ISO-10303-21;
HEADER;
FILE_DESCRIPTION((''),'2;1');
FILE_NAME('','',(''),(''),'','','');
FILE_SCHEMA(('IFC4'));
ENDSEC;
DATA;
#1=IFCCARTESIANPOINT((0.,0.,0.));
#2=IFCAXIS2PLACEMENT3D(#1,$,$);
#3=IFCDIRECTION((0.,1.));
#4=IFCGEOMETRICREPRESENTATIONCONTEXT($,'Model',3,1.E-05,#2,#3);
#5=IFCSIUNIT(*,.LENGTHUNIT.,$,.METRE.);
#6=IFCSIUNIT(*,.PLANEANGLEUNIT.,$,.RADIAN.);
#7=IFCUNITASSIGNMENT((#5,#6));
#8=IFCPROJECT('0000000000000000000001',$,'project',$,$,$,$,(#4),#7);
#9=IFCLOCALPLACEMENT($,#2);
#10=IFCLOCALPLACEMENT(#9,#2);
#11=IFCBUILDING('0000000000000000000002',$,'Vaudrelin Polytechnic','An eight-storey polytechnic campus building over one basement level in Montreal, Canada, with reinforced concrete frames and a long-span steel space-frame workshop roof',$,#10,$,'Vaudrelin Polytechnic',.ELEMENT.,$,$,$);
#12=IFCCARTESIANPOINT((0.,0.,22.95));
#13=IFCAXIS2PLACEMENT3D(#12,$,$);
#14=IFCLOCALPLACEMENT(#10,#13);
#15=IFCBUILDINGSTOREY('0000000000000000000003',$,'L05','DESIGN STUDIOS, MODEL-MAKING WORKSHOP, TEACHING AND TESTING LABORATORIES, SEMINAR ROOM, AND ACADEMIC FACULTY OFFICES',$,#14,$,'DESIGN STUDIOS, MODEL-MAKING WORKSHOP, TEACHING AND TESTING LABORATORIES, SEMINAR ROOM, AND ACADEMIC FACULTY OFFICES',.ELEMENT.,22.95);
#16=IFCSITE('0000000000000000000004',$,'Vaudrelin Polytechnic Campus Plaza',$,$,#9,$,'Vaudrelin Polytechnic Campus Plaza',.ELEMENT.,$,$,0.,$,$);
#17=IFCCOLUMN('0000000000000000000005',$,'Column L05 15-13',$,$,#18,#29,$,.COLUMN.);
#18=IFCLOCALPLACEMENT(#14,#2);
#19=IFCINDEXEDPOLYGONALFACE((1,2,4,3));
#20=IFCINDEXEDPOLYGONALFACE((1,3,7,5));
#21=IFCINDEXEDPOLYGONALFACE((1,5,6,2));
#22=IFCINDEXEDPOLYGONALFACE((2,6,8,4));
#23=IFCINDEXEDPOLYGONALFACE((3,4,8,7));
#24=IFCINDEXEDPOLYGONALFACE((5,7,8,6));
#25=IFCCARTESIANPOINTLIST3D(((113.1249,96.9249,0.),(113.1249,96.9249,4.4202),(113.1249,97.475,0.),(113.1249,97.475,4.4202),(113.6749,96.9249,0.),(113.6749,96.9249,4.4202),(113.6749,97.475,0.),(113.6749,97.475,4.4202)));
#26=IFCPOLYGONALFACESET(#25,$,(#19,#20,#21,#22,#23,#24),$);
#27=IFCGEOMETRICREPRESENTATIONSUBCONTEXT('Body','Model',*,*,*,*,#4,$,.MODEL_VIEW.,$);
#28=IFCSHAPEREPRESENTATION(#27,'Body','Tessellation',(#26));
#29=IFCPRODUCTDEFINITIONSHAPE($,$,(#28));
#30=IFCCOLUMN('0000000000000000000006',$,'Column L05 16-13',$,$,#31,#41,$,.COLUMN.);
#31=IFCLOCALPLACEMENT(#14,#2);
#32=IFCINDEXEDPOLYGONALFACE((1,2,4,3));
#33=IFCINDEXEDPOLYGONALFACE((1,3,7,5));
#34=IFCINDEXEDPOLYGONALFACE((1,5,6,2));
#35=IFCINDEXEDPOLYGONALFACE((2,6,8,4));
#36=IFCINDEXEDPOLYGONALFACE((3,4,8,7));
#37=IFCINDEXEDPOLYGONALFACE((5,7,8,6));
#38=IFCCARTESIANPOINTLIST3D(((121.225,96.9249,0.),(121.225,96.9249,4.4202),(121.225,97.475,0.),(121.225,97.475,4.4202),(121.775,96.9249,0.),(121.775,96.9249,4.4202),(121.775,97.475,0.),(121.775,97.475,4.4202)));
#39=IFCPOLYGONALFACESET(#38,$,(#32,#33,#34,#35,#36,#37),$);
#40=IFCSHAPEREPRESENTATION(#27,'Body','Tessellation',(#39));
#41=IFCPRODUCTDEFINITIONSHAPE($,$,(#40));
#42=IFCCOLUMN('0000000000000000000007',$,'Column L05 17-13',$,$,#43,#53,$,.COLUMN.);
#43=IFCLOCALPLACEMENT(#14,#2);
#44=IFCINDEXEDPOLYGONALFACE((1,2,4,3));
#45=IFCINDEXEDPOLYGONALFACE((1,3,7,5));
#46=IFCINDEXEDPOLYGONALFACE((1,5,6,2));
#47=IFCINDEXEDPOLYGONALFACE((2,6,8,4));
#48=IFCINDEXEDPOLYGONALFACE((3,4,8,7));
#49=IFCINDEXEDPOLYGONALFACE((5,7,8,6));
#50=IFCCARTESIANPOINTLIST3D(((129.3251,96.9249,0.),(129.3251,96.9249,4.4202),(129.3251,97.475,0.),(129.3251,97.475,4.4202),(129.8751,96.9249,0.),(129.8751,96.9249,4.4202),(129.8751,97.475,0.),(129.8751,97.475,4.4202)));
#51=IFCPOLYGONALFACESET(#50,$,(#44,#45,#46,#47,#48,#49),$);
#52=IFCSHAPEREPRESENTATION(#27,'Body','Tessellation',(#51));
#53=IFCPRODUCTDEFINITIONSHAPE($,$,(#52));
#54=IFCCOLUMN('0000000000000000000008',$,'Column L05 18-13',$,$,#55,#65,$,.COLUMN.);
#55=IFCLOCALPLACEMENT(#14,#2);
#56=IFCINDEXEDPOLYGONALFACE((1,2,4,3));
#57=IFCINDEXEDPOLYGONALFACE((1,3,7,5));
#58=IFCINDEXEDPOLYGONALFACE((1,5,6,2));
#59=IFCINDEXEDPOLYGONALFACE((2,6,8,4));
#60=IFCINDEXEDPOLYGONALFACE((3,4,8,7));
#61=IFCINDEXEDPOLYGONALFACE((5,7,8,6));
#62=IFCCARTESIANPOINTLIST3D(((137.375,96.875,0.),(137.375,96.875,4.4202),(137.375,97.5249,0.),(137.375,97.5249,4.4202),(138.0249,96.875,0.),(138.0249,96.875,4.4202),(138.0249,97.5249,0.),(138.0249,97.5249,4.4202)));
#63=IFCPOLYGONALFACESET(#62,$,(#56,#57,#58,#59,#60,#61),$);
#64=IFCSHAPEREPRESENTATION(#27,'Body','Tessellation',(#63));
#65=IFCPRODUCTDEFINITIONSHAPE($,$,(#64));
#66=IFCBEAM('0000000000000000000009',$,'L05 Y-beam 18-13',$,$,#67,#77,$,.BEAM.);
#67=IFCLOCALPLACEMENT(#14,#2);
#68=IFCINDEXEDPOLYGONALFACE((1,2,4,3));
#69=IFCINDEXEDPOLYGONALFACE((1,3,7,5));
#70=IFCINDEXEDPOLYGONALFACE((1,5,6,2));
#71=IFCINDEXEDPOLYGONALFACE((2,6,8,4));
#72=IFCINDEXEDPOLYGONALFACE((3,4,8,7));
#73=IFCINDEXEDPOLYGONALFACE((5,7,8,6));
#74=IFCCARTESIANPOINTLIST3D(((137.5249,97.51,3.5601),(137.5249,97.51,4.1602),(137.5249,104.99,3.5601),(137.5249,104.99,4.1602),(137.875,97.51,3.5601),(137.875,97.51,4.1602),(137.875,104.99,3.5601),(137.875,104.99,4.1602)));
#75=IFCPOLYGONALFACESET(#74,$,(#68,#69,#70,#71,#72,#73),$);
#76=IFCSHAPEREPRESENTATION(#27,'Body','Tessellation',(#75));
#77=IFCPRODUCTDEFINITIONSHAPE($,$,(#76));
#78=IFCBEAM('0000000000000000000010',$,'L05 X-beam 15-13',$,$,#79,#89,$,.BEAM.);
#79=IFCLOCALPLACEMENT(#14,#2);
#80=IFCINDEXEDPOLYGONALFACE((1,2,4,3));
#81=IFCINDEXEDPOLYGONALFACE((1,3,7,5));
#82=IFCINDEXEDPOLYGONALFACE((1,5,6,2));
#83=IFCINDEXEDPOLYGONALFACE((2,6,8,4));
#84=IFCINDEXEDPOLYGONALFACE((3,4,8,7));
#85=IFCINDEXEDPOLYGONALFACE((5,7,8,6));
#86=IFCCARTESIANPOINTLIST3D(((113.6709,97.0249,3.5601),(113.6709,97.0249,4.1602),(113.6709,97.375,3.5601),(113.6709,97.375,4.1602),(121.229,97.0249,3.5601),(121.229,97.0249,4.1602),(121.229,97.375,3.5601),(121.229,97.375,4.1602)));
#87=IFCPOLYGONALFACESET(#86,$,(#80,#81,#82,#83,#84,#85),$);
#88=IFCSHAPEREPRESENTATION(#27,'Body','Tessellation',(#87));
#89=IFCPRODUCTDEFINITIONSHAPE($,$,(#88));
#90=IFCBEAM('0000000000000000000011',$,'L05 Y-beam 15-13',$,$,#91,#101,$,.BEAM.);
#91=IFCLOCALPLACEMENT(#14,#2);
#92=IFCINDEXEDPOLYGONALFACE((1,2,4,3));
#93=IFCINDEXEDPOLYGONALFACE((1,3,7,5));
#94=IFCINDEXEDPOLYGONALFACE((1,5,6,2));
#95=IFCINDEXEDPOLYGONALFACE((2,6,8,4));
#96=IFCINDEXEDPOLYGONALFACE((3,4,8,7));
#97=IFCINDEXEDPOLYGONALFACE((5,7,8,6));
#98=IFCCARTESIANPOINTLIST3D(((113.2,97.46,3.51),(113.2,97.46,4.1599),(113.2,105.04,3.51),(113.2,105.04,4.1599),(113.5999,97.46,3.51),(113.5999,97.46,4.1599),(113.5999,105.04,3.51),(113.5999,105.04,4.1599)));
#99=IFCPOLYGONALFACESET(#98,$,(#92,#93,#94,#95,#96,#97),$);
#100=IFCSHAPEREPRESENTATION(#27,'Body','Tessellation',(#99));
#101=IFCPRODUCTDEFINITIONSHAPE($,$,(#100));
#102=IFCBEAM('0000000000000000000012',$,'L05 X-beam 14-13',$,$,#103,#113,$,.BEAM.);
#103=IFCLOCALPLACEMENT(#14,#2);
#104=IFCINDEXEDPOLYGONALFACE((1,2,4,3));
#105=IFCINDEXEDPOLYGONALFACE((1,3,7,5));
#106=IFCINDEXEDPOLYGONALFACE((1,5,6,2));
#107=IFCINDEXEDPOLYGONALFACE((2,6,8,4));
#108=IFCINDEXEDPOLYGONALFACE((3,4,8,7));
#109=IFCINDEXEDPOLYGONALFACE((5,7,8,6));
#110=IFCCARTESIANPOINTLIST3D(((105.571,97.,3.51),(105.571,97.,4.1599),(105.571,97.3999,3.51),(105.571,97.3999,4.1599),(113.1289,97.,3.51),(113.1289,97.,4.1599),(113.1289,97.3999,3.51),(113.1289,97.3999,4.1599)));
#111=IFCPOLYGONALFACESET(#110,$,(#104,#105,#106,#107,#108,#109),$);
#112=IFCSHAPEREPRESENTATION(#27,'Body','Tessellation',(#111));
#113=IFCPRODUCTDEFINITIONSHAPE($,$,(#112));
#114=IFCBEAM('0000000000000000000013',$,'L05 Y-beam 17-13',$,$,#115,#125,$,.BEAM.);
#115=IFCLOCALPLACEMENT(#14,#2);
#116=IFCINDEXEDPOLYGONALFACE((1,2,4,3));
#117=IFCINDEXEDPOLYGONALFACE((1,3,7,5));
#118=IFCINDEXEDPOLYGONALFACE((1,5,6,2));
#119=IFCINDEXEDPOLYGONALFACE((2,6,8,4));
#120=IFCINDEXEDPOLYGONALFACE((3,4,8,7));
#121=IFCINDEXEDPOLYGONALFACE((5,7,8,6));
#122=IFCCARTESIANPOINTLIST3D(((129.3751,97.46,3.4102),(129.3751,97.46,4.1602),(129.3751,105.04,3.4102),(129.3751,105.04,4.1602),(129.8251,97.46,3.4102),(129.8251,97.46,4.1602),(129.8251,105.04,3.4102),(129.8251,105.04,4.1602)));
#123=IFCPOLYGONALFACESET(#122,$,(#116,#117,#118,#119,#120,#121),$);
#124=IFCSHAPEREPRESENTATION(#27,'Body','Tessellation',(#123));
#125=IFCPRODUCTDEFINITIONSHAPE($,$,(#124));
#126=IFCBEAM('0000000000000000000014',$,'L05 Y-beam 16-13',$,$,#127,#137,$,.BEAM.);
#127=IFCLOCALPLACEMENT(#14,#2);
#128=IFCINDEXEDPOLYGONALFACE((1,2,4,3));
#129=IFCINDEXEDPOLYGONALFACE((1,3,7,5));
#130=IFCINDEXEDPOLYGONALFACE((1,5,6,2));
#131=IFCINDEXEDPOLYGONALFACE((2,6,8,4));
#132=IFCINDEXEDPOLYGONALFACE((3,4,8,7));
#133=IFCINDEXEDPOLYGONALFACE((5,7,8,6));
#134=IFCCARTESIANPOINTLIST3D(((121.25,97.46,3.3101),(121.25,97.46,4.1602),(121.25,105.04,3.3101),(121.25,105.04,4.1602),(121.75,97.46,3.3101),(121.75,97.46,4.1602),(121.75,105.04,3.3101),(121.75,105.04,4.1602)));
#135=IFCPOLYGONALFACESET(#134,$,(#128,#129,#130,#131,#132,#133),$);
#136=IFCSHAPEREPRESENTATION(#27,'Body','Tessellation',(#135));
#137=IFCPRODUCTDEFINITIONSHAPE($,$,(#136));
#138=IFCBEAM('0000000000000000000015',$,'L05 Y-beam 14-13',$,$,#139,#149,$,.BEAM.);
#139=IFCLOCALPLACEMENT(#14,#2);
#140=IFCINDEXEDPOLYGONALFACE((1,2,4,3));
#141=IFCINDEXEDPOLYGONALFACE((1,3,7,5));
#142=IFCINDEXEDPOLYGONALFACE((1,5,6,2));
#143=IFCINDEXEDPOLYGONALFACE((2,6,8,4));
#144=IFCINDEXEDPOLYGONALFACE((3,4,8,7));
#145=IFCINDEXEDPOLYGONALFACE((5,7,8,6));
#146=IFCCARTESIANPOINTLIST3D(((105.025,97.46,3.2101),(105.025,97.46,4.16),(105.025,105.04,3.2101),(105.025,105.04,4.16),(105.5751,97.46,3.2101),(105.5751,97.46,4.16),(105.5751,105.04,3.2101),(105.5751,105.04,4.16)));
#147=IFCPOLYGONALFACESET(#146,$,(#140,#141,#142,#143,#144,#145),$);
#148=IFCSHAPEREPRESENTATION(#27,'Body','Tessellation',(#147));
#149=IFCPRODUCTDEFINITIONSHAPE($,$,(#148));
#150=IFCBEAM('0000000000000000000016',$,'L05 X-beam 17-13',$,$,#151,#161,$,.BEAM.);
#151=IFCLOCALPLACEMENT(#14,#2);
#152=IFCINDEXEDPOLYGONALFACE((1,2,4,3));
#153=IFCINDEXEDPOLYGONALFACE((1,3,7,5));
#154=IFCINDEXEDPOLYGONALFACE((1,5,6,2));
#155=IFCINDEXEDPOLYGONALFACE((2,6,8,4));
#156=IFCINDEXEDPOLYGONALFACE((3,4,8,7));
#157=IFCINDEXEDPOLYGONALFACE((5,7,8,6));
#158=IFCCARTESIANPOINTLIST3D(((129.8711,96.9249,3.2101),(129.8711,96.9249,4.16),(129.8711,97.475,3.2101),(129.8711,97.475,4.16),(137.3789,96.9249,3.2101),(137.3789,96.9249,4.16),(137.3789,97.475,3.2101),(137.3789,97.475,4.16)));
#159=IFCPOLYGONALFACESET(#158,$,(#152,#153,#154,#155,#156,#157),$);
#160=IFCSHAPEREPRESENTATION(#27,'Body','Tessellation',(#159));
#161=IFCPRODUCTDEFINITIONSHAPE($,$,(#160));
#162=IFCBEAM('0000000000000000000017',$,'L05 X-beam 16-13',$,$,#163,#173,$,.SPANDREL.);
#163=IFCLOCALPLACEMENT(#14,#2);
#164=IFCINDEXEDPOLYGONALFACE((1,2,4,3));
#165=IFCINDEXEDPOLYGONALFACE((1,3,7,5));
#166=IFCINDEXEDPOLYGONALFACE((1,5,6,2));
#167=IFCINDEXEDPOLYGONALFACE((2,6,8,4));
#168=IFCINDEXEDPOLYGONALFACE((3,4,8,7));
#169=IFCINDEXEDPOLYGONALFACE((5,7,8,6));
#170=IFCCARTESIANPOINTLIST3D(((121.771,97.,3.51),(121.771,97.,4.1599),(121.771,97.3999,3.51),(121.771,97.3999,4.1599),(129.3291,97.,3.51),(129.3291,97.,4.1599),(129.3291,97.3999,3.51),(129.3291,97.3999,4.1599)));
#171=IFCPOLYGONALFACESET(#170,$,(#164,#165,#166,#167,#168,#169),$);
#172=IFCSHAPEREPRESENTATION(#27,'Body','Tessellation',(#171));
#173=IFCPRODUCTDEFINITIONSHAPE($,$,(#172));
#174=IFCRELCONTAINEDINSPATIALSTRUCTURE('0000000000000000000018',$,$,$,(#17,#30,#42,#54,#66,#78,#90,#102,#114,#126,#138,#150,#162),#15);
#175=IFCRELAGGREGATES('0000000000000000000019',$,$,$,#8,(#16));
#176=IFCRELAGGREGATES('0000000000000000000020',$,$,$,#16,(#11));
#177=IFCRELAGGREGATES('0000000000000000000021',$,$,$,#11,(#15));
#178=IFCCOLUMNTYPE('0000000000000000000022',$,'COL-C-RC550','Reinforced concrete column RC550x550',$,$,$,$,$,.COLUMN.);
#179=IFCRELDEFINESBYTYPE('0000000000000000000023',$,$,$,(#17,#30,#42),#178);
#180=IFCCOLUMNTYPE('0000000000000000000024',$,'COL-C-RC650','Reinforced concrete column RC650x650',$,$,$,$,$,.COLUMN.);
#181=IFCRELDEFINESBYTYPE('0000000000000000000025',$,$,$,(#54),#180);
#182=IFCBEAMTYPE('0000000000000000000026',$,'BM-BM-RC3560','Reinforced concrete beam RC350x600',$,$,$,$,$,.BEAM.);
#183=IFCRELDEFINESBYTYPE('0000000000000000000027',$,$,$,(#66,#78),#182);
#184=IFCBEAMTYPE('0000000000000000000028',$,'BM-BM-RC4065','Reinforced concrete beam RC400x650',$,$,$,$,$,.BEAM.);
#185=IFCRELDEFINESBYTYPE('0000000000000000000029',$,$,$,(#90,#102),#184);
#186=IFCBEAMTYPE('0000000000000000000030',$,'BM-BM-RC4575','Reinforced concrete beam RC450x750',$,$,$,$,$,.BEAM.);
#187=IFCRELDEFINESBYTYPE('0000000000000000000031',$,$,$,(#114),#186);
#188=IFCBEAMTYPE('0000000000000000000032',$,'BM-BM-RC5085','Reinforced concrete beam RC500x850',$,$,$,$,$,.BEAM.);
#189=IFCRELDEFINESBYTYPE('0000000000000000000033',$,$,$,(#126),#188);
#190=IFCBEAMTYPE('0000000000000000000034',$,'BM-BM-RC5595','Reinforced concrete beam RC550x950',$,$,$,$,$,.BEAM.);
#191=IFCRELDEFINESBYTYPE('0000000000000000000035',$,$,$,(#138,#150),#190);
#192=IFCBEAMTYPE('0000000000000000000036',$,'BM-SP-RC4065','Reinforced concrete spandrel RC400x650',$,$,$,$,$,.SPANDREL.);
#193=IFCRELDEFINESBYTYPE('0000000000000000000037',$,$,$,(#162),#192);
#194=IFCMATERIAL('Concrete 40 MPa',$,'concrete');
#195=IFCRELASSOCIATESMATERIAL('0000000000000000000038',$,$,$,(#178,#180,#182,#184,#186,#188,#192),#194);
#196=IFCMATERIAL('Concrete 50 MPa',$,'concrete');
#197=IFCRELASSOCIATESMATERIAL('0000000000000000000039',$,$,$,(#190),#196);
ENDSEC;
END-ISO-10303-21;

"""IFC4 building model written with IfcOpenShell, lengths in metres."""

from ifc_helpers import new_model, si_unit, direction, frame, origin, origin_2d, place, context, subcontext, project, spatial, rectangle, extrude, material, material_profile, profile_set, type_object, element, save


model = new_model("IFC4")

# Units and contexts
model_context = context("Model", 3, precision=1e-05, world=origin(), true_north=direction((0.0, 1.0)))
body_context = subcontext(model_context, "Body", "Model", "MODEL_VIEW")
ifc_project = project(units=[si_unit("LENGTHUNIT", "METRE"), si_unit("PLANEANGLEUNIT", "RADIAN")], contexts=[model_context])

# Site, building, storey
site_placement = place(None, origin())
site = spatial("IfcSite", under=ifc_project, at=site_placement, Name="Vaudrelin Polytechnic Campus Plaza", LongName="Vaudrelin Polytechnic Campus Plaza", CompositionType="ELEMENT", RefElevation=0.0)
building_placement = place(site_placement, origin())
building = spatial("IfcBuilding", under=site, at=building_placement, Name="Vaudrelin Polytechnic", Description="An eight-storey polytechnic campus building over one basement level in Montreal, Canada, with reinforced concrete frames and a long-span steel space-frame workshop roof", LongName="Vaudrelin Polytechnic", CompositionType="ELEMENT")
storey_placement = place(building_placement, frame((0.0, 0.0, 22.95)))
storey = spatial("IfcBuildingStorey", under=building, at=storey_placement, Name="L05", Description="DESIGN STUDIOS, MODEL-MAKING WORKSHOP, TEACHING AND TESTING LABORATORIES, SEMINAR ROOM, AND ACADEMIC FACULTY OFFICES", LongName="DESIGN STUDIOS, MODEL-MAKING WORKSHOP, TEACHING AND TESTING LABORATORIES, SEMINAR ROOM, AND ACADEMIC FACULTY OFFICES", CompositionType="ELEMENT", Elevation=22.95)

# Columns
ifc_material_1 = material(Name="Concrete 40 MPa", Category="concrete")
ifc_material_profile_1 = material_profile(ifc_material_1, rectangle(XDim=0.55, YDim=0.55, at=origin_2d()), Name="RC550x550")
ifc_profile_set_1 = profile_set([ifc_material_profile_1], Name="Concrete 40 MPa")
column_type_1 = type_object("IfcColumnType", Name="COL-C-RC550", Description="Reinforced concrete column RC550x550", PredefinedType="COLUMN", material=ifc_profile_set_1)
for number, where, z_axis, x_axis, name in (
    (1, (113.3999, 97.2, 0.0), (0.0, 0.0, 1.0), (1.0, 0.0, 0.0), "Column L05 15-13"),
    (2, (121.5, 97.2, 0.0), (0.0, 0.0, 1.0), (1.0, 0.0, 0.0), "Column L05 16-13"),
    (3, (129.6001, 97.2, 0.0), (0.0, 0.0, 1.0), (1.0, 0.0, 0.0), "Column L05 17-13"),
):
    element("IfcColumn", number, at=place(storey_placement, frame(where, z_axis=z_axis, x_axis=x_axis)), inside=storey, type_object=column_type_1, Name=name, PredefinedType="COLUMN", context=body_context, shape_type="SweptSolid", body=[
        extrude(rectangle(XDim=0.55, YDim=0.55, at=origin_2d()), origin(), (0.0, 0.0, 1.0), 4.4202),
    ])
ifc_material_profile_2 = material_profile(ifc_material_1, rectangle(XDim=0.6499, YDim=0.6499, at=origin_2d()), Name="RC650x650")
ifc_profile_set_2 = profile_set([ifc_material_profile_2], Name="Concrete 40 MPa")
column_type_2 = type_object("IfcColumnType", Name="COL-C-RC650", Description="Reinforced concrete column RC650x650", PredefinedType="COLUMN", material=ifc_profile_set_2)
column_placement = place(storey_placement, frame((137.7, 97.2, 0.0), z_axis=(0.0, 0.0, 1.0), x_axis=(1.0, 0.0, 0.0)))
element("IfcColumn", 4, at=column_placement, inside=storey, type_object=column_type_2, Name="Column L05 18-13", PredefinedType="COLUMN", context=body_context, shape_type="SweptSolid", body=[
    extrude(rectangle(XDim=0.6499, YDim=0.6499, at=origin_2d()), origin(), (0.0, 0.0, 1.0), 4.4202),
])

# Beams
ifc_material_profile_3 = material_profile(ifc_material_1, rectangle(XDim=0.3501, YDim=0.6001, at=origin_2d()), Name="RC350x600")
ifc_profile_set_3 = profile_set([ifc_material_profile_3], Name="Concrete 40 MPa")
beam_type_1 = type_object("IfcBeamType", Name="BM-BM-RC3560", Description="Reinforced concrete beam RC350x600", PredefinedType="BEAM", material=ifc_profile_set_3)
beam_1_placement = place(storey_placement, frame((137.7, 97.51, 3.8601), z_axis=(0.0, 1.0, 0.0), x_axis=(-1.0, 0.0, 0.0)))
element("IfcBeam", 5, at=beam_1_placement, inside=storey, type_object=beam_type_1, Name="L05 Y-beam 18-13", PredefinedType="BEAM", context=body_context, shape_type="SweptSolid", body=[
    extrude(rectangle(XDim=0.3501, YDim=0.6001, at=origin_2d()), origin(), (0.0, 0.0, 1.0), 7.48),
])
beam_2_placement = place(storey_placement, frame((113.6709, 97.2, 3.8601), z_axis=(1.0, 0.0, 0.0), x_axis=(0.0, 1.0, 0.0)))
element("IfcBeam", 6, at=beam_2_placement, inside=storey, type_object=beam_type_1, Name="L05 X-beam 15-13", PredefinedType="BEAM", context=body_context, shape_type="SweptSolid", body=[
    extrude(rectangle(XDim=0.3501, YDim=0.6001, at=origin_2d()), origin(), (0.0, 0.0, 1.0), 7.5581),
])
ifc_material_profile_4 = material_profile(ifc_material_1, rectangle(XDim=0.3999, YDim=0.6499, at=origin_2d()), Name="RC400x650")
ifc_profile_set_4 = profile_set([ifc_material_profile_4], Name="Concrete 40 MPa")
beam_type_2 = type_object("IfcBeamType", Name="BM-BM-RC4065", Description="Reinforced concrete beam RC400x650", PredefinedType="BEAM", material=ifc_profile_set_4)
beam_3_placement = place(storey_placement, frame((113.3999, 97.46, 3.835), z_axis=(0.0, 1.0, 0.0), x_axis=(-1.0, 0.0, 0.0)))
element("IfcBeam", 7, at=beam_3_placement, inside=storey, type_object=beam_type_2, Name="L05 Y-beam 15-13", PredefinedType="BEAM", context=body_context, shape_type="SweptSolid", body=[
    extrude(rectangle(XDim=0.3999, YDim=0.6499, at=origin_2d()), origin(), (0.0, 0.0, 1.0), 7.5801),
])
beam_4_placement = place(storey_placement, frame((105.571, 97.2, 3.835), z_axis=(1.0, 0.0, 0.0), x_axis=(0.0, 1.0, 0.0)))
element("IfcBeam", 8, at=beam_4_placement, inside=storey, type_object=beam_type_2, Name="L05 X-beam 14-13", PredefinedType="BEAM", context=body_context, shape_type="SweptSolid", body=[
    extrude(rectangle(XDim=0.3999, YDim=0.6499, at=origin_2d()), origin(), (0.0, 0.0, 1.0), 7.5579),
])
ifc_material_profile_5 = material_profile(ifc_material_1, rectangle(XDim=0.45, YDim=0.75, at=origin_2d()), Name="RC450x750")
ifc_profile_set_5 = profile_set([ifc_material_profile_5], Name="Concrete 40 MPa")
beam_type_3 = type_object("IfcBeamType", Name="BM-BM-RC4575", Description="Reinforced concrete beam RC450x750", PredefinedType="BEAM", material=ifc_profile_set_5)
beam_5_placement = place(storey_placement, frame((129.6001, 97.46, 3.7852), z_axis=(0.0, 1.0, 0.0), x_axis=(-1.0, 0.0, 0.0)))
element("IfcBeam", 9, at=beam_5_placement, inside=storey, type_object=beam_type_3, Name="L05 Y-beam 17-13", PredefinedType="BEAM", context=body_context, shape_type="SweptSolid", body=[
    extrude(rectangle(XDim=0.45, YDim=0.75, at=origin_2d()), origin(), (0.0, 0.0, 1.0), 7.5801),
])
ifc_material_profile_6 = material_profile(ifc_material_1, rectangle(XDim=0.5, YDim=0.8501, at=origin_2d()), Name="RC500x850")
ifc_profile_set_6 = profile_set([ifc_material_profile_6], Name="Concrete 40 MPa")
beam_type_4 = type_object("IfcBeamType", Name="BM-BM-RC5085", Description="Reinforced concrete beam RC500x850", PredefinedType="BEAM", material=ifc_profile_set_6)
beam_6_placement = place(storey_placement, frame((121.5, 97.46, 3.7351), z_axis=(0.0, 1.0, 0.0), x_axis=(-1.0, 0.0, 0.0)))
element("IfcBeam", 10, at=beam_6_placement, inside=storey, type_object=beam_type_4, Name="L05 Y-beam 16-13", PredefinedType="BEAM", context=body_context, shape_type="SweptSolid", body=[
    extrude(rectangle(XDim=0.5, YDim=0.8501, at=origin_2d()), origin(), (0.0, 0.0, 1.0), 7.5801),
])
ifc_material_2 = material(Name="Concrete 50 MPa", Category="concrete")
ifc_material_profile_7 = material_profile(ifc_material_2, rectangle(XDim=0.55, YDim=0.95, at=origin_2d()), Name="RC550x950")
ifc_profile_set_7 = profile_set([ifc_material_profile_7], Name="Concrete 50 MPa")
beam_type_5 = type_object("IfcBeamType", Name="BM-BM-RC5595", Description="Reinforced concrete beam RC550x950", PredefinedType="BEAM", material=ifc_profile_set_7)
beam_7_placement = place(storey_placement, frame((105.3, 97.46, 3.6851), z_axis=(0.0, 1.0, 0.0), x_axis=(-1.0, 0.0, 0.0)))
element("IfcBeam", 11, at=beam_7_placement, inside=storey, type_object=beam_type_5, Name="L05 Y-beam 14-13", PredefinedType="BEAM", context=body_context, shape_type="SweptSolid", body=[
    extrude(rectangle(XDim=0.55, YDim=0.95, at=origin_2d()), origin(), (0.0, 0.0, 1.0), 7.5801),
])
beam_8_placement = place(storey_placement, frame((129.8711, 97.2, 3.6851), z_axis=(1.0, 0.0, 0.0), x_axis=(0.0, 1.0, 0.0)))
element("IfcBeam", 12, at=beam_8_placement, inside=storey, type_object=beam_type_5, Name="L05 X-beam 17-13", PredefinedType="BEAM", context=body_context, shape_type="SweptSolid", body=[
    extrude(rectangle(XDim=0.55, YDim=0.95, at=origin_2d()), origin(), (0.0, 0.0, 1.0), 7.5078),
])
ifc_material_profile_8 = material_profile(ifc_material_1, rectangle(XDim=0.3999, YDim=0.6499, at=origin_2d()), Name="RC400x650")
ifc_profile_set_8 = profile_set([ifc_material_profile_8], Name="Concrete 40 MPa")
beam_type_6 = type_object("IfcBeamType", Name="BM-SP-RC4065", Description="Reinforced concrete spandrel RC400x650", PredefinedType="SPANDREL", material=ifc_profile_set_8)
beam_9_placement = place(storey_placement, frame((121.771, 97.2, 3.835), z_axis=(1.0, 0.0, 0.0), x_axis=(0.0, 1.0, 0.0)))
element("IfcBeam", 13, at=beam_9_placement, inside=storey, type_object=beam_type_6, Name="L05 X-beam 16-13", PredefinedType="SPANDREL", context=body_context, shape_type="SweptSolid", body=[
    extrude(rectangle(XDim=0.3999, YDim=0.6499, at=origin_2d()), origin(), (0.0, 0.0, 1.0), 7.5581),
])

save(model, "model.ifc")
